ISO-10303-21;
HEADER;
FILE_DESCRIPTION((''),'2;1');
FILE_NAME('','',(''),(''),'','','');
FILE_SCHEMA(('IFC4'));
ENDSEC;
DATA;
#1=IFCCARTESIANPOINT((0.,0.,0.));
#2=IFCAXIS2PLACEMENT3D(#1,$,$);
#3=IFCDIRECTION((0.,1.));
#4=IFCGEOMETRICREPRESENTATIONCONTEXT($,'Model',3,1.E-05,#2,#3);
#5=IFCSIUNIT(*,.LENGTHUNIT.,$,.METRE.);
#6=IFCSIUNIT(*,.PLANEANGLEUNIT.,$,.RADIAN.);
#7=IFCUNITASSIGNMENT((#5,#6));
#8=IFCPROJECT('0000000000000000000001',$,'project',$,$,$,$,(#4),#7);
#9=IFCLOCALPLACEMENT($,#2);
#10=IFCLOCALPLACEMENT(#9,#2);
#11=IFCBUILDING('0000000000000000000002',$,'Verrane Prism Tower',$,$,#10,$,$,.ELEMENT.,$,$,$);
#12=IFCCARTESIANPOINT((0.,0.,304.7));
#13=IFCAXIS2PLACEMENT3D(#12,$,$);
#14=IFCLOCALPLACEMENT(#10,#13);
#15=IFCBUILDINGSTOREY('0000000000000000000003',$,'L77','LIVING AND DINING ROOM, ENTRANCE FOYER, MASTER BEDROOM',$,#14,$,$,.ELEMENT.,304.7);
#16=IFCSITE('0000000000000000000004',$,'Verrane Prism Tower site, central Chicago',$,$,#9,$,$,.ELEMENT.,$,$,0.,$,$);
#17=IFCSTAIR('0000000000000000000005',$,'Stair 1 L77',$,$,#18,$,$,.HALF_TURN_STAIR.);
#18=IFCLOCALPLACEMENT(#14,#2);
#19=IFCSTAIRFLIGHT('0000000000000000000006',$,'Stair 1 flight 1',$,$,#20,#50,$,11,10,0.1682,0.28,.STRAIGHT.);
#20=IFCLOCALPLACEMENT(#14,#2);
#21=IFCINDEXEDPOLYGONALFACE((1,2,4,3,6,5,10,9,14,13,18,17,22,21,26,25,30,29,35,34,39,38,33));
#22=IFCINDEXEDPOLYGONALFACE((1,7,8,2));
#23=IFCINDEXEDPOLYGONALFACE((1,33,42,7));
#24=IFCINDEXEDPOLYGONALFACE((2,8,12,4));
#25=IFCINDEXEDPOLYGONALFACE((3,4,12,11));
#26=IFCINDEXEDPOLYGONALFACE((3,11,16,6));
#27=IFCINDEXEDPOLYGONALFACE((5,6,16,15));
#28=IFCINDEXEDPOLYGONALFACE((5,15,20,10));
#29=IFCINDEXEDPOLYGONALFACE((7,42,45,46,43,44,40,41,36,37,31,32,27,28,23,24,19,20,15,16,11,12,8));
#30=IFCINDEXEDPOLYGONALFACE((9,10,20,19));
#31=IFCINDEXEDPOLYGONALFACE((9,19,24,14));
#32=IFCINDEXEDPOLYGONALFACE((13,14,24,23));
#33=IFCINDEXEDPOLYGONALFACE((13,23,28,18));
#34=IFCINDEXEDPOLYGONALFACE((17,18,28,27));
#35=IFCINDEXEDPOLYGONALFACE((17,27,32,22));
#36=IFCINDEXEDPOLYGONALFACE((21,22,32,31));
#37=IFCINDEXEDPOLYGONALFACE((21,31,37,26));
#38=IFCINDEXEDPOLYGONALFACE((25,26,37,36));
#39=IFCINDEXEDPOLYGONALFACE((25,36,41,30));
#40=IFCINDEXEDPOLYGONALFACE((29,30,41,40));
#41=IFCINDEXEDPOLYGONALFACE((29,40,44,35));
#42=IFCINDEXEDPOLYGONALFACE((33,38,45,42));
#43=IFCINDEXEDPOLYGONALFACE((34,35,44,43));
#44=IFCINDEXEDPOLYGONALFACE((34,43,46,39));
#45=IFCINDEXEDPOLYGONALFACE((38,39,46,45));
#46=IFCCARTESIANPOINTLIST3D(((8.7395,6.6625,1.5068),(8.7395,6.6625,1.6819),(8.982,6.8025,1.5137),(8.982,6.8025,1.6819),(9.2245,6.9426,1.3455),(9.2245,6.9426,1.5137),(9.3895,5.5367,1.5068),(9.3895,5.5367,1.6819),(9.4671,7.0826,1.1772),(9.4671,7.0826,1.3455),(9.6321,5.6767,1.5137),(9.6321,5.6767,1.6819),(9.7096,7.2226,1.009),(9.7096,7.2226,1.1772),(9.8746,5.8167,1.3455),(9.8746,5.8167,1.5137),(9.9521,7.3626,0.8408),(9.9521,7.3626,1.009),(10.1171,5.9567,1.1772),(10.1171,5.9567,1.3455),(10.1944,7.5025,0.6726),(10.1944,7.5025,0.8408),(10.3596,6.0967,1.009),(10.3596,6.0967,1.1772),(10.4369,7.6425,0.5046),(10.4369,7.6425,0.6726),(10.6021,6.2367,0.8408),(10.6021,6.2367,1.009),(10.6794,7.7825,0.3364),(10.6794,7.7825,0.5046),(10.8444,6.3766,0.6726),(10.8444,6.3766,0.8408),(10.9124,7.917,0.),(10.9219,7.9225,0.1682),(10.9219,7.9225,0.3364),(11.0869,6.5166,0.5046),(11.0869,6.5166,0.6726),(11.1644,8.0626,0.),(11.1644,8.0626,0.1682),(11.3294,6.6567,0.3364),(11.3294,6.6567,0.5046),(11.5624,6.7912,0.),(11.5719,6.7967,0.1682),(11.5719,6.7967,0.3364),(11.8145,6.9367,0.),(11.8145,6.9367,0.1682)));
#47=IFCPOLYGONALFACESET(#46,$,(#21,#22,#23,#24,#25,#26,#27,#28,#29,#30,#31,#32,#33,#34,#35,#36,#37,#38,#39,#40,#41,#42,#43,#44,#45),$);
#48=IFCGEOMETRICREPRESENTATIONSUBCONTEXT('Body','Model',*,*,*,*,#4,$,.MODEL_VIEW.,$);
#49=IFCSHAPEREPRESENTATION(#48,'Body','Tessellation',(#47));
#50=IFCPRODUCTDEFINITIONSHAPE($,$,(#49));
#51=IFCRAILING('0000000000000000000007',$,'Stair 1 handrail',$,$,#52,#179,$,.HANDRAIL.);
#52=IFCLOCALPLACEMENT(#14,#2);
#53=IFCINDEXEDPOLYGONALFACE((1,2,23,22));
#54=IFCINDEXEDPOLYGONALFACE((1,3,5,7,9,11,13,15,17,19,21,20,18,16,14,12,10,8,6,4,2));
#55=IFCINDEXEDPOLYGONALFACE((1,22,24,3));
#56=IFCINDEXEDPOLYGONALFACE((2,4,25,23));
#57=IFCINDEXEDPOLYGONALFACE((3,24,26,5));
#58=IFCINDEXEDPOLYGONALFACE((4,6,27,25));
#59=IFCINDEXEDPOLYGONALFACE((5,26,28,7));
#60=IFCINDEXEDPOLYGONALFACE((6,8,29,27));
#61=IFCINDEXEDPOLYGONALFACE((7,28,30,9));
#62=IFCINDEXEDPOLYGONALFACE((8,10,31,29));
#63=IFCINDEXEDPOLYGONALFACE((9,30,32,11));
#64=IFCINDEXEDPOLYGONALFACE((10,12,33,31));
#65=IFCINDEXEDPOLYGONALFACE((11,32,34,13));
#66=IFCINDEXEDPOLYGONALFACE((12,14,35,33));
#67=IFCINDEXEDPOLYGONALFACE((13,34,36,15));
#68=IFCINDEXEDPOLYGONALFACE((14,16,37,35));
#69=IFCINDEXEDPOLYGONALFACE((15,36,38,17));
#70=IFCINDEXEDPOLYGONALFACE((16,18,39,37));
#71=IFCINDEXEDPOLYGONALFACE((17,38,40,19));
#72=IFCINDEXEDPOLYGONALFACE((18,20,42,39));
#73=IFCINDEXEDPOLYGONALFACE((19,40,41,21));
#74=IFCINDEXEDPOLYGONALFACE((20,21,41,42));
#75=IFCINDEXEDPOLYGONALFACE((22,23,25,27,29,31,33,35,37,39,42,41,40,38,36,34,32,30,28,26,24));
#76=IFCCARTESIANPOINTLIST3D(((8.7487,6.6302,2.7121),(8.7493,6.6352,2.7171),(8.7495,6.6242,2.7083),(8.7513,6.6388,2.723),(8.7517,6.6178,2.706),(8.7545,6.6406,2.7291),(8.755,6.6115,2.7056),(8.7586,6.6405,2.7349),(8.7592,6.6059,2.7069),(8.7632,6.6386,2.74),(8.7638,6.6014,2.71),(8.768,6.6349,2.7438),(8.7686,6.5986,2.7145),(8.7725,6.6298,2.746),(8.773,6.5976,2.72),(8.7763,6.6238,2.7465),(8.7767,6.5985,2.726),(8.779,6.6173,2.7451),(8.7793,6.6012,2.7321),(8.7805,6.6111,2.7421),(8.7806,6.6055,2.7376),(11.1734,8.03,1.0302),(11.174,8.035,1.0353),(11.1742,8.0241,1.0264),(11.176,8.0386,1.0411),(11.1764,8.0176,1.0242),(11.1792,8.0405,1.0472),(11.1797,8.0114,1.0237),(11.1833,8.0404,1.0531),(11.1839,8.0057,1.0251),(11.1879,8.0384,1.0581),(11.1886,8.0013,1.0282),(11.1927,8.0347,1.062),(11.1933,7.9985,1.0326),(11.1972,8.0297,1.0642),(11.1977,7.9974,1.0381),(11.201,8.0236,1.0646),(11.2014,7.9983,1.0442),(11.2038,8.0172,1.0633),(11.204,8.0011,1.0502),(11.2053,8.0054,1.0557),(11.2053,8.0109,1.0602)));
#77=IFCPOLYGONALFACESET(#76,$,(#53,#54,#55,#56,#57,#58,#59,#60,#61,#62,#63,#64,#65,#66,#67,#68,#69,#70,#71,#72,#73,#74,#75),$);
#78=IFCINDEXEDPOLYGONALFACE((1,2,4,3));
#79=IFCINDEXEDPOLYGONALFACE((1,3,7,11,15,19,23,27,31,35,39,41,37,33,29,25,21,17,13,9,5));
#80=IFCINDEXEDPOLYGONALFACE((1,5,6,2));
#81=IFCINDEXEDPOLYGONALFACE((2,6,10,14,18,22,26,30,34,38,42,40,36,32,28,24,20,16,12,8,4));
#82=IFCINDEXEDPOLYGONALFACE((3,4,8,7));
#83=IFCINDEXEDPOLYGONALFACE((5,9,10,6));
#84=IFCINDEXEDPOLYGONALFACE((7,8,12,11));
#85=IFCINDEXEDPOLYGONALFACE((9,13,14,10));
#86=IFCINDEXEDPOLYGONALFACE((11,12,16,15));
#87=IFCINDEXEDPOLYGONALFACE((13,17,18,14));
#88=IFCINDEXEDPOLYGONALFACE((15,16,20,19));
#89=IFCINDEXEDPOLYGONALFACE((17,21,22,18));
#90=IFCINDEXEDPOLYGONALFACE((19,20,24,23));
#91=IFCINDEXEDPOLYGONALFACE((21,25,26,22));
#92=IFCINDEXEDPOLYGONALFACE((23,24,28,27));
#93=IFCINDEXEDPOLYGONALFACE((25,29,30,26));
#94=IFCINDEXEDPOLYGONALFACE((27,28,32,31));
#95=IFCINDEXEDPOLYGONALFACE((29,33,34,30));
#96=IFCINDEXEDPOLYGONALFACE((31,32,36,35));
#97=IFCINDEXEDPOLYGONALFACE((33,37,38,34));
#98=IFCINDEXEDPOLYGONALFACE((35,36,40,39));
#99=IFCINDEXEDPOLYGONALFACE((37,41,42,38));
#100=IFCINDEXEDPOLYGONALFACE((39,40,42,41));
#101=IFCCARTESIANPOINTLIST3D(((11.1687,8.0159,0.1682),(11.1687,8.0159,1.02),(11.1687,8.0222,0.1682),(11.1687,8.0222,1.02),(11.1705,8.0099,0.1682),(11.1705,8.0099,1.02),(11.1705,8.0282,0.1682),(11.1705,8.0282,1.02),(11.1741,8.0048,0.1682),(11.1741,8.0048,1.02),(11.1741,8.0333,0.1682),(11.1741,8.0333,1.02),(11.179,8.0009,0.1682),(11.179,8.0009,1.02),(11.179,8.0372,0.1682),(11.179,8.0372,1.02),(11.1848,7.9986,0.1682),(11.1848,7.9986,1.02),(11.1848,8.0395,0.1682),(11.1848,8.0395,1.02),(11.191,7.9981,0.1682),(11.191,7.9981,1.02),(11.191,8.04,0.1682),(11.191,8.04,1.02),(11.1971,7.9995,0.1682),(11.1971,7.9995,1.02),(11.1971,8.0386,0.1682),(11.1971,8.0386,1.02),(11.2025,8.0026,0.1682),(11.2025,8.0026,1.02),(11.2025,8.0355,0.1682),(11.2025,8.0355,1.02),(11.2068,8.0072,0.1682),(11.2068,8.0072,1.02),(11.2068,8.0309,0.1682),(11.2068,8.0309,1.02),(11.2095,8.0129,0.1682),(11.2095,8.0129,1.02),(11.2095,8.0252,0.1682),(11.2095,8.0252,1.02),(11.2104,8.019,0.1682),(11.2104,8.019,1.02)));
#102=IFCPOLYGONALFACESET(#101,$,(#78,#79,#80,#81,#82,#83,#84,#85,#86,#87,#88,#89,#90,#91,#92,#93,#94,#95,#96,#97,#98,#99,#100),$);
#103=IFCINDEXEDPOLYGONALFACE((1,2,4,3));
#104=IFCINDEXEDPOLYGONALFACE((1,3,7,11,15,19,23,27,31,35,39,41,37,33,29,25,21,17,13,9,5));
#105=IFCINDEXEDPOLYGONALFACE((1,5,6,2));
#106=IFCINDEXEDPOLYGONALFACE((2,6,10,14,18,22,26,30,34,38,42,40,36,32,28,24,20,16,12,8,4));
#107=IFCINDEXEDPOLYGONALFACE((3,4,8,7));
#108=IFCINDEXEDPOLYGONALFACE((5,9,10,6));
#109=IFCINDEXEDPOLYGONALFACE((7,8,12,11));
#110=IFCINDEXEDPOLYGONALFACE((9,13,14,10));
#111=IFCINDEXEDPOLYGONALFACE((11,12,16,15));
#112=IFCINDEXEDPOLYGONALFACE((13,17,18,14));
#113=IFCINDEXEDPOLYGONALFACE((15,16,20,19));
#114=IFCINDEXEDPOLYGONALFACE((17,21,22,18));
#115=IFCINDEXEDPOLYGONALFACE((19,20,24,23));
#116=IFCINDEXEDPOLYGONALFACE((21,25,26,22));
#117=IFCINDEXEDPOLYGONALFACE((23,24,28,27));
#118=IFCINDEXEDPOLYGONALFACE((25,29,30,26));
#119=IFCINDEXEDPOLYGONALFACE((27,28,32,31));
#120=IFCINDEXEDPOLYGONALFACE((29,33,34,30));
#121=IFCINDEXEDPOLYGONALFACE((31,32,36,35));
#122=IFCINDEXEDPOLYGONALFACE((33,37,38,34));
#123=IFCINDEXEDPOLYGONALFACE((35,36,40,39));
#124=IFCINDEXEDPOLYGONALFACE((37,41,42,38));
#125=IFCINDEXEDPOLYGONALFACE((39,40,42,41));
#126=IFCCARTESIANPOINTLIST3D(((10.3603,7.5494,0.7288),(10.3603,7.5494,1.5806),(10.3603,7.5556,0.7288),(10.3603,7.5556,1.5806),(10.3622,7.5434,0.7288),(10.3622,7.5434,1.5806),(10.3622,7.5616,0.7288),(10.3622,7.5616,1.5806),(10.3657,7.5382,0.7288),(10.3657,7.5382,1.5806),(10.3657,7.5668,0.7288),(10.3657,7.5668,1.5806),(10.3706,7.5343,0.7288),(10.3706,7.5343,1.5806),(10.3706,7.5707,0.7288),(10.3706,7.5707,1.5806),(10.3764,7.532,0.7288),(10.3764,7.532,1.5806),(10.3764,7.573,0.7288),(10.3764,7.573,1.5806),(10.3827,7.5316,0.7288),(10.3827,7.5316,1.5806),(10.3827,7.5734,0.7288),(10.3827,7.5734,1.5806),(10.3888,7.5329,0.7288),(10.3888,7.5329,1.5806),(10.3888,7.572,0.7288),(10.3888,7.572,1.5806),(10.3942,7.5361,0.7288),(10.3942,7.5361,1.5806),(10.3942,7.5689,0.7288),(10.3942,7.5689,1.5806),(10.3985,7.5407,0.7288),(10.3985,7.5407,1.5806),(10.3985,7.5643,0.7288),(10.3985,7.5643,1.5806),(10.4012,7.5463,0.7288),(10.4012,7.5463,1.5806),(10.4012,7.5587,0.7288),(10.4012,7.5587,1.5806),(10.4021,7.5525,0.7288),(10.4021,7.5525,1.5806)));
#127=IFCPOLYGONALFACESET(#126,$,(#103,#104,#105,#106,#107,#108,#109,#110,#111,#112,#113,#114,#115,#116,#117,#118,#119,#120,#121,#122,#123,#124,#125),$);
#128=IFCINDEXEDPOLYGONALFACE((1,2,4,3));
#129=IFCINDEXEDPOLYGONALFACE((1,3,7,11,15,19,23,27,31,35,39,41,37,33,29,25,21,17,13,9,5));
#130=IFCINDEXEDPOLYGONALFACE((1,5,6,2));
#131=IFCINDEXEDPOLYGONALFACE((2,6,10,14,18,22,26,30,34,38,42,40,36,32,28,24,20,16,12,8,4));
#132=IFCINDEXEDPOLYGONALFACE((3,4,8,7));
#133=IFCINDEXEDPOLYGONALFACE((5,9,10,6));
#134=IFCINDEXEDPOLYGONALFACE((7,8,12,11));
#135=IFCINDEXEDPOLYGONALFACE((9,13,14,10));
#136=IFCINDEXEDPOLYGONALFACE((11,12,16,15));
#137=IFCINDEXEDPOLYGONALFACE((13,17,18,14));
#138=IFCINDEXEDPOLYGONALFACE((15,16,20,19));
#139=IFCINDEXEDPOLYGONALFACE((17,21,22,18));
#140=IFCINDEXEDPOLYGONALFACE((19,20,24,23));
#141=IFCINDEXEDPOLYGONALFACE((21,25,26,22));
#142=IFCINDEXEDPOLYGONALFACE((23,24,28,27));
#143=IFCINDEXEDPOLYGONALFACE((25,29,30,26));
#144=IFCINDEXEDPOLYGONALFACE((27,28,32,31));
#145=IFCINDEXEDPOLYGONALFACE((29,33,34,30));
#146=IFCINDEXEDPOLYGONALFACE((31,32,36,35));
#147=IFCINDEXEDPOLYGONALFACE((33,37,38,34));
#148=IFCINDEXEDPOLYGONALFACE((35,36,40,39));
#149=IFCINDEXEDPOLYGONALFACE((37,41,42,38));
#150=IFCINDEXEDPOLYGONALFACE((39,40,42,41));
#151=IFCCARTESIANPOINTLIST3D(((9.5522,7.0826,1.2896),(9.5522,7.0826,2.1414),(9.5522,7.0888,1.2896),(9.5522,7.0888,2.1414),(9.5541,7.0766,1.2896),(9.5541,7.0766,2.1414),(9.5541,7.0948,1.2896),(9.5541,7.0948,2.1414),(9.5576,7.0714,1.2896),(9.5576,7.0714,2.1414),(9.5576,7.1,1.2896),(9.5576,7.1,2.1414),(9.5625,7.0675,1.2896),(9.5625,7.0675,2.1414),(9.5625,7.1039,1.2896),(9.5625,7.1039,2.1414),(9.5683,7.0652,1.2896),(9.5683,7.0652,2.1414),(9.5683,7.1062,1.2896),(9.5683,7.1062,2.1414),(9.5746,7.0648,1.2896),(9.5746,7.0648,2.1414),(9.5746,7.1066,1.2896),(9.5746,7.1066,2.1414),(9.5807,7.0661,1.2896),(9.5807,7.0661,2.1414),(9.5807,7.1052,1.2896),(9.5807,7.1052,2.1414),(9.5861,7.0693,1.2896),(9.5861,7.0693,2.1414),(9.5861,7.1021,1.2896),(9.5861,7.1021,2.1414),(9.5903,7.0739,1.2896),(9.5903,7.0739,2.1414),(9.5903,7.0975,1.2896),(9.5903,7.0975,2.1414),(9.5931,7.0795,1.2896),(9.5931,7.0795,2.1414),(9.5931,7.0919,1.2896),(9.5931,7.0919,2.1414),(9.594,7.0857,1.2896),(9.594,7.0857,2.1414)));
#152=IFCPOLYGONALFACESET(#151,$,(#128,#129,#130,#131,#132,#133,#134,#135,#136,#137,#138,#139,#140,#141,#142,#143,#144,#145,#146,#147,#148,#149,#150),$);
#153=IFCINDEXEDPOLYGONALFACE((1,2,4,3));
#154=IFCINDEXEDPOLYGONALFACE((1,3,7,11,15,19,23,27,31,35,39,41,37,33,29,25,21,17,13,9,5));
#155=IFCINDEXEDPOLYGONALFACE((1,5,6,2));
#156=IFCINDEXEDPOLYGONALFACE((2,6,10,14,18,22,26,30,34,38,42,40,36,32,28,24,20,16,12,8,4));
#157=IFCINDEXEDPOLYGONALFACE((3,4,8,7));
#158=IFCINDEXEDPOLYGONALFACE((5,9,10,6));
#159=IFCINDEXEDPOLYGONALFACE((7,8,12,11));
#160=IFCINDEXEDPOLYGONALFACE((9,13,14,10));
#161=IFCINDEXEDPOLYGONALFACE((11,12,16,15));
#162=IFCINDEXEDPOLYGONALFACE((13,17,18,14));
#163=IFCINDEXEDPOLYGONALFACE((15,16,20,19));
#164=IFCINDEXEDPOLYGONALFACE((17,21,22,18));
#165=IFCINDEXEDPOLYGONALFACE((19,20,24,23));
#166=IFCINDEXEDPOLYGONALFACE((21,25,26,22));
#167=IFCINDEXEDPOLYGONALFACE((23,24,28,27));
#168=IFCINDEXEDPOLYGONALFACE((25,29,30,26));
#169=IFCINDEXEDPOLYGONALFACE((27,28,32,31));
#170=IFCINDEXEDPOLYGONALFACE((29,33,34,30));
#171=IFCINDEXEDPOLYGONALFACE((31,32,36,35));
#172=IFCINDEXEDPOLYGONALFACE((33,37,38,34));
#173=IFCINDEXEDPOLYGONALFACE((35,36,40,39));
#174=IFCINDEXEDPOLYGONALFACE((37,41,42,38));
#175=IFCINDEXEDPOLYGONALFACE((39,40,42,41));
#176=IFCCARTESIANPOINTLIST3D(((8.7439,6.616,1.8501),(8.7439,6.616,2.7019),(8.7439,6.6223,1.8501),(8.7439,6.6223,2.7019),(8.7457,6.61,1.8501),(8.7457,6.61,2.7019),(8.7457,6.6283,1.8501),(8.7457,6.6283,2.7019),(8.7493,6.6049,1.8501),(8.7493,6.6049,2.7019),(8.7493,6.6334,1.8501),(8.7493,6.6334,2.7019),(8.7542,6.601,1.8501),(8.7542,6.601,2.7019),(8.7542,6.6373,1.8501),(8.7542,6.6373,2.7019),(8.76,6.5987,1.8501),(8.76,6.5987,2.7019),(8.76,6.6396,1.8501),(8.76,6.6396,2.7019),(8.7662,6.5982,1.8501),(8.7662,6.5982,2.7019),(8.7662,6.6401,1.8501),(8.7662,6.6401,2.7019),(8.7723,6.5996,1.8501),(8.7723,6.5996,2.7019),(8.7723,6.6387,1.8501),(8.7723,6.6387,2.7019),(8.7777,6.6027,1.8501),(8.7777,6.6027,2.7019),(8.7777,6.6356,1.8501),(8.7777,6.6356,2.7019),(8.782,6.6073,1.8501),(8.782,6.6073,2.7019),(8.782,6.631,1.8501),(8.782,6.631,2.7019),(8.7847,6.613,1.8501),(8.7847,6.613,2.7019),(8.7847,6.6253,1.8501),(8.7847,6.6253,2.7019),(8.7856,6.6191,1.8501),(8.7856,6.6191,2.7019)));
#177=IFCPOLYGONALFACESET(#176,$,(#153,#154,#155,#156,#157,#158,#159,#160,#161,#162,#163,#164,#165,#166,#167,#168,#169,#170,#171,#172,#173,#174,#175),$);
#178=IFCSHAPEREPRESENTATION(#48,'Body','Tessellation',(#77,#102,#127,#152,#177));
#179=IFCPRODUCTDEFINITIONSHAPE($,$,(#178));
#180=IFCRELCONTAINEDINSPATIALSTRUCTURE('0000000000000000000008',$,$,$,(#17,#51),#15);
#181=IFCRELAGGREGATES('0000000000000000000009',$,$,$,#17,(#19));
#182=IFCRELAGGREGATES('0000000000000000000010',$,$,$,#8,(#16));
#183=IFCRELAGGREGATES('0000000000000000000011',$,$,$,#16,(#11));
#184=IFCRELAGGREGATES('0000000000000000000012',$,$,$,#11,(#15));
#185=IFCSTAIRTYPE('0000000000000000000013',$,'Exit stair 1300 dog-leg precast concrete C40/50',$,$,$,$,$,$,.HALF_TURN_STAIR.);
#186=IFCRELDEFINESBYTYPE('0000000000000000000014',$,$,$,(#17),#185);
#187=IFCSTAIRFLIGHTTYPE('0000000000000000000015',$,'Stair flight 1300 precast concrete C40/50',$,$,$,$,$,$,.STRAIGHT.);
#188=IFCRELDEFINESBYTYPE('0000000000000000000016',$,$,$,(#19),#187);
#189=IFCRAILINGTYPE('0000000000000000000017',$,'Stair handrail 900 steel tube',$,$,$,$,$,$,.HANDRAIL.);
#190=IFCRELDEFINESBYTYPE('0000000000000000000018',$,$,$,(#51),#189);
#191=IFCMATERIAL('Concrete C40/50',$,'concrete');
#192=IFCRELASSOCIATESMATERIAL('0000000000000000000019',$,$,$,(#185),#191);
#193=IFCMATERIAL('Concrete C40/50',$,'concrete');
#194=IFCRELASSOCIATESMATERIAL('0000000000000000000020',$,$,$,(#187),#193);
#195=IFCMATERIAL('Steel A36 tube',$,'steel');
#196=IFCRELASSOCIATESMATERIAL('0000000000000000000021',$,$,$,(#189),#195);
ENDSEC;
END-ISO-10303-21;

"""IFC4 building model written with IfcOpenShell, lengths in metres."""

from ifc_helpers import new_model, si_unit, direction, frame, origin, origin_2d, place, context, subcontext, project, spatial, polyline, circle, outline, extrude, material, type_object, element, aggregate, save


model = new_model("IFC4")

# Units and contexts
model_context = context("Model", 3, precision=1e-05, world=origin(), true_north=direction((0.0, 1.0)))
body_context = subcontext(model_context, "Body", "Model", "MODEL_VIEW")
ifc_project = project(units=[si_unit("LENGTHUNIT", "METRE"), si_unit("PLANEANGLEUNIT", "RADIAN")], contexts=[model_context])

# Site, building, storey
site_placement = place(None, origin())
site = spatial("IfcSite", under=ifc_project, at=site_placement, Name="Verrane Prism Tower site, central Chicago", CompositionType="ELEMENT", RefElevation=0.0)
building_placement = place(site_placement, origin())
building = spatial("IfcBuilding", under=site, at=building_placement, Name="Verrane Prism Tower", CompositionType="ELEMENT")
storey_placement = place(building_placement, frame((0.0, 0.0, 304.7)))
storey = spatial("IfcBuildingStorey", under=building, at=storey_placement, Name="L77", Description="LIVING AND DINING ROOM, ENTRANCE FOYER, MASTER BEDROOM", CompositionType="ELEMENT", Elevation=304.7)

# Stair, stair flight
ifc_material_1 = material(Name="Concrete C40/50", Category="concrete")
stair_type = type_object("IfcStairType", Name="Exit stair 1300 dog-leg precast concrete C40/50", PredefinedType="HALF_TURN_STAIR", material=ifc_material_1)
stair_placement = place(storey_placement, origin())
stair = element("IfcStair", 1, at=stair_placement, inside=storey, type_object=stair_type, Name="Stair 1 L77", PredefinedType="HALF_TURN_STAIR")
ifc_material_2 = material(Name="Concrete C40/50", Category="concrete")
stair_flight_type = type_object("IfcStairFlightType", Name="Stair flight 1300 precast concrete C40/50", PredefinedType="STRAIGHT", material=ifc_material_2)
stair_flight_placement = place(storey_placement, frame((11.4895, 7.4995, 0.0), z_axis=(0.0, 0.0, 1.0), x_axis=(-0.866025, -0.5, 0.0)))
stair_flight = element("IfcStairFlight", 2, at=stair_flight_placement, type_object=stair_flight_type, Name="Stair 1 flight 1", NumberOfRisers=11, NumberOfTreads=10, PredefinedType="STRAIGHT", RiserHeight=0.1682, TreadLength=0.28, context=body_context, shape_type="SweptSolid", body=[
    extrude(outline(polyline([(0.0, 0.0), (0.0, 0.1682), (0.28, 0.1682), (0.28, 0.3364), (0.5601, 0.3364), (0.5601, 0.5046), (0.8401, 0.5046), (0.8401, 0.6726), (1.1201, 0.6726), (1.1201, 0.8408), (1.3999, 0.8408), (1.3999, 1.009), (1.6799, 1.009), (1.6799, 1.1772), (1.96, 1.1772), (1.96, 1.3455), (2.24, 1.3455), (2.24, 1.5137), (2.52, 1.5137), (2.52, 1.6819), (2.8, 1.6819), (2.8, 1.8501), (2.8, 1.5068), (0.291, 0.0), (0.0, 0.0)])), frame((0.0, 0.6499, 0.0), z_axis=(0.0, -1.0, 0.0), x_axis=(1.0, 0.0, 0.0)), (0.0, 0.0, 1.0), 1.3),
])
aggregate(stair, [stair_flight])

# Railing
ifc_material_3 = material(Name="Steel A36 tube", Category="steel")
railing_type = type_object("IfcRailingType", Name="Stair handrail 900 steel tube", PredefinedType="HANDRAIL", material=ifc_material_3)
railing_placement = place(storey_placement, frame((11.1895, 8.019, 0.1682)))
element("IfcRailing", 3, at=railing_placement, inside=storey, type_object=railing_type, Name="Stair 1 handrail", PredefinedType="HANDRAIL", context=body_context, shape_type="SweptSolid", body=[
    extrude(circle(Radius=0.0239, at=origin_2d()), frame((0.0, 0.0, 0.876), z_axis=(-0.74239, -0.428601, 0.514934), x_axis=(0.499984, -0.866035, 0.0)), (0.0, 0.0, 1.0), 3.2661),
    extrude(circle(Radius=0.021, at=origin_2d()), origin(), (0.0, 0.0, 1.0), 0.8518),
    extrude(circle(Radius=0.021, at=origin_2d()), frame((-0.8083, -0.4666, 0.5605)), (0.0, 0.0, 1.0), 0.8518),
    extrude(circle(Radius=0.021, at=origin_2d()), frame((-1.6165, -0.9333, 1.1213)), (0.0, 0.0, 1.0), 0.8518),
    extrude(circle(Radius=0.021, at=origin_2d()), frame((-2.4248, -1.3999, 1.6819)), (0.0, 0.0, 1.0), 0.8518),
])

save(model, "model.ifc")
